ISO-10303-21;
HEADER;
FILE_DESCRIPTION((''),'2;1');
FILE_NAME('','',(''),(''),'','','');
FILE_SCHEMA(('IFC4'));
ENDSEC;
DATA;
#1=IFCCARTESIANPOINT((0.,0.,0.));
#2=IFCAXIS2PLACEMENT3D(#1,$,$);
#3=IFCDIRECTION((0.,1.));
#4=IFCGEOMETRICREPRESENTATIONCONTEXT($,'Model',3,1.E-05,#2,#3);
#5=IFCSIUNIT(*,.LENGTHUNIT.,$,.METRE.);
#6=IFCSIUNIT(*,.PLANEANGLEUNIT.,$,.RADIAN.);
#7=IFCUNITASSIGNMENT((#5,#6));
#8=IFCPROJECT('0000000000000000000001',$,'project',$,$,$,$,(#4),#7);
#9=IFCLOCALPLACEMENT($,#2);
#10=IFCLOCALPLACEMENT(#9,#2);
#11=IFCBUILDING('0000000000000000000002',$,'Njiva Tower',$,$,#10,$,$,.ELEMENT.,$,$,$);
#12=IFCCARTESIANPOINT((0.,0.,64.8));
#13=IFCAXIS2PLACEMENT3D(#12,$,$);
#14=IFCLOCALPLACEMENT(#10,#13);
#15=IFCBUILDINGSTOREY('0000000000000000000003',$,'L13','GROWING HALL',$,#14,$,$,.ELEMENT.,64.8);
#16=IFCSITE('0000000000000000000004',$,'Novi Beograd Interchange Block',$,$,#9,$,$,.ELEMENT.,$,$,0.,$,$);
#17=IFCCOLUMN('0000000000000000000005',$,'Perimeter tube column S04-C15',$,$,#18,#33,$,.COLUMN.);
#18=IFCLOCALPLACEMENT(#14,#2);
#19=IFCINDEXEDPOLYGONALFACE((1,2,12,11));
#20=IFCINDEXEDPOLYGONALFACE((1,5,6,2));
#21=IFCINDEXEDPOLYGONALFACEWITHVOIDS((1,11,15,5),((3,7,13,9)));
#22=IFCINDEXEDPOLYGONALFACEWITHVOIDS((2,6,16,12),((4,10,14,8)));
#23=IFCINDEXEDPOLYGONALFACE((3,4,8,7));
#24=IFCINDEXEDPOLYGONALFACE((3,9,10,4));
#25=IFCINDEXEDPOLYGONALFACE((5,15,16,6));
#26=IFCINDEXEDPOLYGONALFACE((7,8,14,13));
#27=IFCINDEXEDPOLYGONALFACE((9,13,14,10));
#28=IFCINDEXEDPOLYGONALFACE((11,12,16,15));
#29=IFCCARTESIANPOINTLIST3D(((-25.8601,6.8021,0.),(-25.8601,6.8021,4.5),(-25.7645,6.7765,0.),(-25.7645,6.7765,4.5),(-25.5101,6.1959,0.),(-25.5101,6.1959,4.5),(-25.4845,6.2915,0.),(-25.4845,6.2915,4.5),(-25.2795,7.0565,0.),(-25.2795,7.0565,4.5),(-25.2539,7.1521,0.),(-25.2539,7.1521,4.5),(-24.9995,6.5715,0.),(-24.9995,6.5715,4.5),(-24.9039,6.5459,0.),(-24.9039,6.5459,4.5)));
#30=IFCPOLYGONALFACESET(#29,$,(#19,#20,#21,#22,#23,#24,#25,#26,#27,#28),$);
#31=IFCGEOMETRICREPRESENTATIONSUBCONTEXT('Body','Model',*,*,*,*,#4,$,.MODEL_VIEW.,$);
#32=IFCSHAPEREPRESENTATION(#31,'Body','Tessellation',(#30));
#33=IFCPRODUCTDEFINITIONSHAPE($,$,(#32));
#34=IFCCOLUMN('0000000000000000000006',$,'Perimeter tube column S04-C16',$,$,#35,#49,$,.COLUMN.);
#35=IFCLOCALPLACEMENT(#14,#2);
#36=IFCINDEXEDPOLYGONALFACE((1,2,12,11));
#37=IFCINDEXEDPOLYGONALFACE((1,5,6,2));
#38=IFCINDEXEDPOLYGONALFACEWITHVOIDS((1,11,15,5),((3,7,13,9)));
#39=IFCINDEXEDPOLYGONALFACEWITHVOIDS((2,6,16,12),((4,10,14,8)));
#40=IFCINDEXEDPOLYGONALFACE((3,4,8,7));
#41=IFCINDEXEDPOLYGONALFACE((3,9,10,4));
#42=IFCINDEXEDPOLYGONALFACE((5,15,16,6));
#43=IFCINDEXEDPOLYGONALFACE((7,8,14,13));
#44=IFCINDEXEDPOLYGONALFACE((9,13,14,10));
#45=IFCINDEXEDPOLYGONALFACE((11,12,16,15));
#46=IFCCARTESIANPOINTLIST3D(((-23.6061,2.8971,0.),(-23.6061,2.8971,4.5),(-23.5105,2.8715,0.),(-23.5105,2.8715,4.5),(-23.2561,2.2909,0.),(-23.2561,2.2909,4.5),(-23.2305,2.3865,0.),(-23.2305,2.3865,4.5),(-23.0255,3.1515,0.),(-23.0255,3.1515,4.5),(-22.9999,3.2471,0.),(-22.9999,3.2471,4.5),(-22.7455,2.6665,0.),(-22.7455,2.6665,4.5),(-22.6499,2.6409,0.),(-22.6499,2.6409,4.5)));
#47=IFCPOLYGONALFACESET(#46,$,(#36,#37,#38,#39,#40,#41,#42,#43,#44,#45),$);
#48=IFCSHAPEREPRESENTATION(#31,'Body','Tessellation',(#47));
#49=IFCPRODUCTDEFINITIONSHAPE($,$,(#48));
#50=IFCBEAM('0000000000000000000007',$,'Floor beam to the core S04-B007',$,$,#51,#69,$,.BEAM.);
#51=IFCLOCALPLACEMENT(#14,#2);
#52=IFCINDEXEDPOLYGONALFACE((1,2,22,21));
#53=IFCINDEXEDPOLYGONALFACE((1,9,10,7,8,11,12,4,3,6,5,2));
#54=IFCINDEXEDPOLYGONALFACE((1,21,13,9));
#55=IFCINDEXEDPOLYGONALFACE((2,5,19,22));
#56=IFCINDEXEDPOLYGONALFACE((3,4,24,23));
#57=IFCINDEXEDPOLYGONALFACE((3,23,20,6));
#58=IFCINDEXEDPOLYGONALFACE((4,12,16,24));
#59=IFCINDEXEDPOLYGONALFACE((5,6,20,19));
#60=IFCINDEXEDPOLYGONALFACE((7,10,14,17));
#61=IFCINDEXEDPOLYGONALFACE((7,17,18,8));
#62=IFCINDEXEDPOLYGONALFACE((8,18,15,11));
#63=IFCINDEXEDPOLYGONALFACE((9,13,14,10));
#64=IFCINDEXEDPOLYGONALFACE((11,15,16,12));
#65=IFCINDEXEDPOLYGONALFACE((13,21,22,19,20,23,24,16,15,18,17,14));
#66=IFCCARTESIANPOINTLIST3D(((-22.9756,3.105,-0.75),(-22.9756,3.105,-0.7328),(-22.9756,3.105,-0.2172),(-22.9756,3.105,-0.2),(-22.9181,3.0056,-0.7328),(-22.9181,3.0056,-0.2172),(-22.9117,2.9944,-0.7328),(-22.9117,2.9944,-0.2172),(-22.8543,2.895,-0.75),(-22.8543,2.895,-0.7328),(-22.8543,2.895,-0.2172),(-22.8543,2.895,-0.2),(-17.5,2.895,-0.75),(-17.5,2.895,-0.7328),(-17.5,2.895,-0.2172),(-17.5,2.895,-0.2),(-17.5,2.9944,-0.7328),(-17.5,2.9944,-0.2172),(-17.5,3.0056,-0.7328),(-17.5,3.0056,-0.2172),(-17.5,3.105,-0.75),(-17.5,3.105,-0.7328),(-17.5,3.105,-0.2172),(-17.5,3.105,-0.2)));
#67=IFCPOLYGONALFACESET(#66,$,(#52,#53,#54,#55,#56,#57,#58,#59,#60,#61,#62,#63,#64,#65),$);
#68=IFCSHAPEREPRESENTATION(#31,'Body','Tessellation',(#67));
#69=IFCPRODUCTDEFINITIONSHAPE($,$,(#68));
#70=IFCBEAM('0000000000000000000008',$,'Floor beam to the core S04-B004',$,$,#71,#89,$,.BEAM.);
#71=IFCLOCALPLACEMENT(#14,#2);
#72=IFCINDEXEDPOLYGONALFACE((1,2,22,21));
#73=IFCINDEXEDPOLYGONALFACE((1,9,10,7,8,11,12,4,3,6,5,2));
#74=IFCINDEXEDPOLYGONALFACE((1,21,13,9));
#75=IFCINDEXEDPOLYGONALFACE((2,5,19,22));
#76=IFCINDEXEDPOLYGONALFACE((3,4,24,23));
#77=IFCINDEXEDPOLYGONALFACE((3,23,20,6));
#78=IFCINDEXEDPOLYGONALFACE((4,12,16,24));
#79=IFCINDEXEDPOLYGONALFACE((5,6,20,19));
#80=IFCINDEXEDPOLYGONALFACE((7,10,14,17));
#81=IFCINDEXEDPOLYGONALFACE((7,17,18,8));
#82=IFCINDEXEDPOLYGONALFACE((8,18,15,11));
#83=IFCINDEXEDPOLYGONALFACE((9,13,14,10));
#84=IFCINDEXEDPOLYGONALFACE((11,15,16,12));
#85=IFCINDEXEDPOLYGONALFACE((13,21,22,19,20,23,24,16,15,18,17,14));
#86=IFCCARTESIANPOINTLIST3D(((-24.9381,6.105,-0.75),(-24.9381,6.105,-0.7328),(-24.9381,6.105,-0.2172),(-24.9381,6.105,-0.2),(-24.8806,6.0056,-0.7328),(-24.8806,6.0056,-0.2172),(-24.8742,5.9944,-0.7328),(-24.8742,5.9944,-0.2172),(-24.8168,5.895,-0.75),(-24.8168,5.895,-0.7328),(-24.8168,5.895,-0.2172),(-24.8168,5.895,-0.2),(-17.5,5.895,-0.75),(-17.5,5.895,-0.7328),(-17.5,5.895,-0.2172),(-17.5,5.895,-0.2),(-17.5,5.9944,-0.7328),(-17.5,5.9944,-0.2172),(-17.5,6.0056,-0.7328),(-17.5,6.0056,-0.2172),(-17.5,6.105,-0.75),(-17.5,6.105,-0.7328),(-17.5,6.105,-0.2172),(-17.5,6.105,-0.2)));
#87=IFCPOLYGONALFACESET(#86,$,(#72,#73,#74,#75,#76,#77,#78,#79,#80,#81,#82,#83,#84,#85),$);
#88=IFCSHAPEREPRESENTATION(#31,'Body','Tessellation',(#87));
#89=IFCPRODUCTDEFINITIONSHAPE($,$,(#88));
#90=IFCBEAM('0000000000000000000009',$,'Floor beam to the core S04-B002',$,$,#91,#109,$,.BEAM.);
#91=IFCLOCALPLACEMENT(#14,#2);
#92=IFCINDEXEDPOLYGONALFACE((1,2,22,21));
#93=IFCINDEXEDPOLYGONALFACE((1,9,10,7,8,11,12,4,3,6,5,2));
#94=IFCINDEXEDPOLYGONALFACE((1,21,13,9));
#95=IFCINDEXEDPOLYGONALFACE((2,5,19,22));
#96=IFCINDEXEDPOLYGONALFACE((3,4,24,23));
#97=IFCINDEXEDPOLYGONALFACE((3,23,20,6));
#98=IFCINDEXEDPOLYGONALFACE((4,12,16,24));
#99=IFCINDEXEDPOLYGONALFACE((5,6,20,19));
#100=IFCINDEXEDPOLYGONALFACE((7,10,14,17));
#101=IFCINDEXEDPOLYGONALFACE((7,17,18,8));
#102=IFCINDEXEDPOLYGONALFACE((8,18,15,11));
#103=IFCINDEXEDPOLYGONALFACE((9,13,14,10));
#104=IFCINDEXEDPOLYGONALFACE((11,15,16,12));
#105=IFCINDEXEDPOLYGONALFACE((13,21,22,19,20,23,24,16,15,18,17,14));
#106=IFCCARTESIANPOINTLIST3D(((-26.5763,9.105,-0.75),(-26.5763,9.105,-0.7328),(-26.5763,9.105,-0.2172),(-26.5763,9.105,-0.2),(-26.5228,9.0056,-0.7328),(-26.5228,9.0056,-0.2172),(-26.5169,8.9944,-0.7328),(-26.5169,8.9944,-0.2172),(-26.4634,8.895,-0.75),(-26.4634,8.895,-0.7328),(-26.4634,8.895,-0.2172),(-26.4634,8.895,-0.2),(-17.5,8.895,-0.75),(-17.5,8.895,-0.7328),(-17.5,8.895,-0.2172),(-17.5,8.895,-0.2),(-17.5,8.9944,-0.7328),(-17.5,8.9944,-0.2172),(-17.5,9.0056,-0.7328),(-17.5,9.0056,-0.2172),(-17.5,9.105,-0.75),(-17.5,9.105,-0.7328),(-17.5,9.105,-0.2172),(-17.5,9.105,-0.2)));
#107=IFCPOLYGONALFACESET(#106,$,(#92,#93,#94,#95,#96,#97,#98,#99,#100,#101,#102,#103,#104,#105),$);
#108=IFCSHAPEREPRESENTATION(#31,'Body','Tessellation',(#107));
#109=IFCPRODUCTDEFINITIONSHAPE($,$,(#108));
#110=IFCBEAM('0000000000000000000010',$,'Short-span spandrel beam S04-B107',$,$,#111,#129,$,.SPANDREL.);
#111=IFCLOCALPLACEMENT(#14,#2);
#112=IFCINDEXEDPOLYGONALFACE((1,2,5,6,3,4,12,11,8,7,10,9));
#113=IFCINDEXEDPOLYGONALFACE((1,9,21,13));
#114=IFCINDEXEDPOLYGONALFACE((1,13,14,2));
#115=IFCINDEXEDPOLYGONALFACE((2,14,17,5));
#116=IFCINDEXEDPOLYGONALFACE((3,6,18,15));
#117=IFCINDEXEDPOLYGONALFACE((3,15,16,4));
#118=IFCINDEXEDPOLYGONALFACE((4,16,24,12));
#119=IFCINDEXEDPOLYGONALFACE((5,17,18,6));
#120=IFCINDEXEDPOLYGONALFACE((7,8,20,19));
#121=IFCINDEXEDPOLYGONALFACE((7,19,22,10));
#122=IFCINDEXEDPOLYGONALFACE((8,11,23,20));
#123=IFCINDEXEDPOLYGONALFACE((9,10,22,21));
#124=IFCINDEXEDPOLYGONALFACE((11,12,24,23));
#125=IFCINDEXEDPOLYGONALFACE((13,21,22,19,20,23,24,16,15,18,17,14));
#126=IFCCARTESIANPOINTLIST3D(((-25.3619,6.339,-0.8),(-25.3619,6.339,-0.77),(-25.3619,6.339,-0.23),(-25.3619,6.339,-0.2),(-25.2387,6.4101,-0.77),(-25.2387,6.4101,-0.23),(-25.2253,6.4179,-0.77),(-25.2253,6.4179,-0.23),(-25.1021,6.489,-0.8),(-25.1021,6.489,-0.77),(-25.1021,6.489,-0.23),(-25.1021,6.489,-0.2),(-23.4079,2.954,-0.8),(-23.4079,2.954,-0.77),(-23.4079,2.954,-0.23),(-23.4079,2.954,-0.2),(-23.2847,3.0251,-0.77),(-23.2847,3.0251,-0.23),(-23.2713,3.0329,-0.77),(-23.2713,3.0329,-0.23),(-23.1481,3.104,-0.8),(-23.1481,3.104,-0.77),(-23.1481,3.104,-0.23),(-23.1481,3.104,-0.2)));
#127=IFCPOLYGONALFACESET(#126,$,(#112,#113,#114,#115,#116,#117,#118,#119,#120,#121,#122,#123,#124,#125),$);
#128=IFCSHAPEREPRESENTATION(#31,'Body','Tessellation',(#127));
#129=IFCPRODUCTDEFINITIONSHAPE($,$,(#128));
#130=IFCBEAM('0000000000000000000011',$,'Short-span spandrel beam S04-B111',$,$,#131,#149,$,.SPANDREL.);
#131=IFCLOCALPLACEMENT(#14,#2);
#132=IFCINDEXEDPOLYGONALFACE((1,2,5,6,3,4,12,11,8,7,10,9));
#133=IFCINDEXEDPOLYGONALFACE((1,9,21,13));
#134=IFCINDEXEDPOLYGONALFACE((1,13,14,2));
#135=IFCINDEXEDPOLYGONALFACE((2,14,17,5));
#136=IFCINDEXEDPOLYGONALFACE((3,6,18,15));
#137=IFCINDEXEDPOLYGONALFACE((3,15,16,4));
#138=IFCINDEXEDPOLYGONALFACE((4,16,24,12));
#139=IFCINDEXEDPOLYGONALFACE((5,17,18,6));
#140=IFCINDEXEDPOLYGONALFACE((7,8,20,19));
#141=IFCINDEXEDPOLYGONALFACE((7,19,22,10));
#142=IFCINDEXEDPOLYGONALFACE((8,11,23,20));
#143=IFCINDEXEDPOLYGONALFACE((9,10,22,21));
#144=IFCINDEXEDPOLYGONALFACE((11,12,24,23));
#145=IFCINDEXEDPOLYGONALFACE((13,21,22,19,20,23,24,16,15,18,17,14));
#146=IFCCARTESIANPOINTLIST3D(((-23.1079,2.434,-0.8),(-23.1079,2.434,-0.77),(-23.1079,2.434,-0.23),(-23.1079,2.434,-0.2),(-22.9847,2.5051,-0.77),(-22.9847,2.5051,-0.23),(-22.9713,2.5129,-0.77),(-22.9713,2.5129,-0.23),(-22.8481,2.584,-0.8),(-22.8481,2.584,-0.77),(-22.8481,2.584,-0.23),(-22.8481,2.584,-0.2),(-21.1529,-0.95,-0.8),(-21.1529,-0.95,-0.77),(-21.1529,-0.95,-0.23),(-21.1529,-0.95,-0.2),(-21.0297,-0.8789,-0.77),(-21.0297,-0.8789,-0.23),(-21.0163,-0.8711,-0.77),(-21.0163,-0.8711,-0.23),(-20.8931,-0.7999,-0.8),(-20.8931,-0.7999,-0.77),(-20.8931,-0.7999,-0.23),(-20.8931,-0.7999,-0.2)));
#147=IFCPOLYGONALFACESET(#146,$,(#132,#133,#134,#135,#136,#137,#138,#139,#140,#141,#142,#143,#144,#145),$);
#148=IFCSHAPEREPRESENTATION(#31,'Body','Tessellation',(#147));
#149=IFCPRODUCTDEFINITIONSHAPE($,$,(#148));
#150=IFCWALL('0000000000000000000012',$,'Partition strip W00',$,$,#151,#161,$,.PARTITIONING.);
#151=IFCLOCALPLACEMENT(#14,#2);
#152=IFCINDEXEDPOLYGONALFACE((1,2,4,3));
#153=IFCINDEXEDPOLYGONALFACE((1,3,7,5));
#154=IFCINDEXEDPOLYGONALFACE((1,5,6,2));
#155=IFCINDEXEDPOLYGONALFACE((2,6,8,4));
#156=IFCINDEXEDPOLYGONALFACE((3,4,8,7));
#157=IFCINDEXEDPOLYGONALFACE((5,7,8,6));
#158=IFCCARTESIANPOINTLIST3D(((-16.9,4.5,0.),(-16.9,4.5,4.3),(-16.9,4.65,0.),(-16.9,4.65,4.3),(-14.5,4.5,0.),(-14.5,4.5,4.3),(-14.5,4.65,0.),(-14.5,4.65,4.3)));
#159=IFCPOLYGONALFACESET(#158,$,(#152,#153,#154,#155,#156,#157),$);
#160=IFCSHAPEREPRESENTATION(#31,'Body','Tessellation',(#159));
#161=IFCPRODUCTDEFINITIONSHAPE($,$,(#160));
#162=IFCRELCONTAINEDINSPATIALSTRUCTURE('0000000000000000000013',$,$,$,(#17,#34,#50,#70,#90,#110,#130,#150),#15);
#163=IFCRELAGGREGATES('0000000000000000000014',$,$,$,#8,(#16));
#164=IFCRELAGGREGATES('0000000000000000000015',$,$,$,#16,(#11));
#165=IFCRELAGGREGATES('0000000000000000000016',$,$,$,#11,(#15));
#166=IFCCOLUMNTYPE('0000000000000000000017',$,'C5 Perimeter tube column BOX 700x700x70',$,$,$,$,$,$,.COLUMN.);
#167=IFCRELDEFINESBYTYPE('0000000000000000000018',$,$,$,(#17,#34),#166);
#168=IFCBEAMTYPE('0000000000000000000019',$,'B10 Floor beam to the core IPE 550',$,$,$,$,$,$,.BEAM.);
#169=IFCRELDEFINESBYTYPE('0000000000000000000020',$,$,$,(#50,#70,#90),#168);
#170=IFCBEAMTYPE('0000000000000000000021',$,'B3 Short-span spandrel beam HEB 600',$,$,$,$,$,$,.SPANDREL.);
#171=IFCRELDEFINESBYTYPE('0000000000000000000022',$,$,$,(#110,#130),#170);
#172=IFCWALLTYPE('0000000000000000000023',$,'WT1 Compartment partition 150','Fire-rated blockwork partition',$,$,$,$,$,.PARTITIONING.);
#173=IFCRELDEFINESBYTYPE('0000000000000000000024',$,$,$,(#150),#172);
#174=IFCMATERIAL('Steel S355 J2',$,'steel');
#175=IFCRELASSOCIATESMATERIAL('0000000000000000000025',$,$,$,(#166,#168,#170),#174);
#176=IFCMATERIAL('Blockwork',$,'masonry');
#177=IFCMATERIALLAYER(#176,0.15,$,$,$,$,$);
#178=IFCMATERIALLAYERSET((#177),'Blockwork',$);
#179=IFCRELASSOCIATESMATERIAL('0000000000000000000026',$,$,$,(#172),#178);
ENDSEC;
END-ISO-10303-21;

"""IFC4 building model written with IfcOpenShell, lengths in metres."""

from ifc_helpers import new_model, si_unit, direction, frame, frame_2d, origin, origin_2d, place, context, subcontext, project, spatial, rectangle, hollow_rectangle, i_section, extrude, clip, halfspace, material, layer, layer_set, material_profile, profile_set, type_object, element, save


model = new_model("IFC4")

# Units and contexts
model_context = context("Model", 3, precision=1e-05, world=origin(), true_north=direction((0.0, 1.0)))
body_context = subcontext(model_context, "Body", "Model", "MODEL_VIEW")
ifc_project = project(units=[si_unit("LENGTHUNIT", "METRE"), si_unit("PLANEANGLEUNIT", "RADIAN")], contexts=[model_context])

# Site, building, storey
site_placement = place(None, origin())
site = spatial("IfcSite", under=ifc_project, at=site_placement, Name="Novi Beograd Interchange Block", CompositionType="ELEMENT", RefElevation=0.0)
building_placement = place(site_placement, origin())
building = spatial("IfcBuilding", under=site, at=building_placement, Name="Njiva Tower", CompositionType="ELEMENT")
storey_placement = place(building_placement, frame((0.0, 0.0, 64.8)))
storey = spatial("IfcBuildingStorey", under=building, at=storey_placement, Name="L13", Description="GROWING HALL", CompositionType="ELEMENT", Elevation=64.8)

# Columns
ifc_material_1 = material(Name="Steel S355 J2", Category="steel")
ifc_material_profile_1 = material_profile(ifc_material_1, hollow_rectangle(XDim=0.7, YDim=0.7, WallThickness=0.07, at=origin_2d()), Name="BOX 700x700x70")
ifc_profile_set_1 = profile_set([ifc_material_profile_1], Name="Steel S355 J2")
column_type = type_object("IfcColumnType", Name="C5 Perimeter tube column BOX 700x700x70", PredefinedType="COLUMN", material=ifc_profile_set_1)
for number, where, z_axis, x_axis, name in (
    (1, (-25.382, 6.674, 0.0), (0.0, 0.0, 1.0), (0.5, -0.866025, 0.0), "Perimeter tube column S04-C15"),
    (2, (-23.128, 2.769, 0.0), (0.0, 0.0, 1.0), (0.5, -0.866025, 0.0), "Perimeter tube column S04-C16"),
):
    element("IfcColumn", number, at=place(storey_placement, frame(where, z_axis=z_axis, x_axis=x_axis)), inside=storey, type_object=column_type, Name=name, PredefinedType="COLUMN", context=body_context, shape_type="SweptSolid", body=[
        extrude(hollow_rectangle(XDim=0.7, YDim=0.7, WallThickness=0.07, at=origin_2d()), origin(), (0.0, 0.0, 1.0), 4.5),
    ])

# Beams
ifc_material_profile_2 = material_profile(ifc_material_1, i_section(OverallWidth=0.21, OverallDepth=0.55, WebThickness=0.0111, FlangeThickness=0.0172, at=origin_2d()), Name="IPE 550")
ifc_profile_set_2 = profile_set([ifc_material_profile_2], Name="Steel S355 J2")
beam_type_1 = type_object("IfcBeamType", Name="B10 Floor beam to the core IPE 550", PredefinedType="BEAM", material=ifc_profile_set_2)
beam_1_placement = place(storey_placement, frame((-22.996, 3.0, -0.475), z_axis=(1.0, 0.0, 0.0), x_axis=(0.0, 1.0, 0.0)))
element("IfcBeam", 3, at=beam_1_placement, inside=storey, type_object=beam_type_1, Name="Floor beam to the core S04-B007", PredefinedType="BEAM", context=body_context, shape_type="Clipping", body=[
    clip(extrude(i_section(OverallWidth=0.21, OverallDepth=0.55, WebThickness=0.0111, FlangeThickness=0.0172, at=origin_2d()), origin(), (0.0, 0.0, 1.0), 5.496), halfspace(frame((-0.025, 0.0, 0.0955), z_axis=(-0.499998, 0.0, -0.866027), x_axis=(0.0, -1.0, 0.0)), False)),
])
beam_2_placement = place(storey_placement, frame((-24.958, 6.0, -0.475), z_axis=(1.0, 0.0, 0.0), x_axis=(0.0, 1.0, 0.0)))
element("IfcBeam", 4, at=beam_2_placement, inside=storey, type_object=beam_type_1, Name="Floor beam to the core S04-B004", PredefinedType="BEAM", context=body_context, shape_type="Clipping", body=[
    clip(extrude(i_section(OverallWidth=0.21, OverallDepth=0.55, WebThickness=0.0111, FlangeThickness=0.0172, at=origin_2d()), origin(), (0.0, 0.0, 1.0), 7.458), halfspace(frame((-0.025, 0.0, 0.095), z_axis=(-0.499998, 0.0, -0.866027), x_axis=(0.0, -1.0, 0.0)), False)),
])
beam_3_placement = place(storey_placement, frame((-26.596, 9.0, -0.475), z_axis=(1.0, 0.0, 0.0), x_axis=(0.0, 1.0, 0.0)))
element("IfcBeam", 5, at=beam_3_placement, inside=storey, type_object=beam_type_1, Name="Floor beam to the core S04-B002", PredefinedType="BEAM", context=body_context, shape_type="Clipping", body=[
    clip(extrude(i_section(OverallWidth=0.21, OverallDepth=0.55, WebThickness=0.0111, FlangeThickness=0.0172, at=origin_2d()), origin(), (0.0, 0.0, 1.0), 9.096), halfspace(frame((-0.0237, 0.0, 0.0889), z_axis=(-0.473777, 0.0, -0.880645), x_axis=(0.0, -1.0, 0.0)), False)),
])
ifc_material_profile_3 = material_profile(ifc_material_1, i_section(OverallWidth=0.3, OverallDepth=0.6, WebThickness=0.0155, FlangeThickness=0.03, at=origin_2d()), Name="HEB 600")
ifc_profile_set_3 = profile_set([ifc_material_profile_3], Name="Steel S355 J2")
beam_type_2 = type_object("IfcBeamType", Name="B3 Short-span spandrel beam HEB 600", PredefinedType="SPANDREL", material=ifc_profile_set_3)
beam_4_placement = place(storey_placement, frame((-25.232, 6.414, -0.5), z_axis=(0.499937, -0.866062, 0.0), x_axis=(0.866062, 0.499937, 0.0)))
element("IfcBeam", 6, at=beam_4_placement, inside=storey, type_object=beam_type_2, Name="Short-span spandrel beam S04-B107", PredefinedType="SPANDREL", context=body_context, shape_type="SweptSolid", body=[
    extrude(i_section(OverallWidth=0.3, OverallDepth=0.6, WebThickness=0.0155, FlangeThickness=0.03, at=origin_2d()), origin(), (0.0, 0.0, 1.0), 3.9085),
])
beam_5_placement = place(storey_placement, frame((-22.978, 2.509, -0.5), z_axis=(0.500239, -0.865887, 0.0), x_axis=(0.865887, 0.500239, 0.0)))
element("IfcBeam", 7, at=beam_5_placement, inside=storey, type_object=beam_type_2, Name="Short-span spandrel beam S04-B111", PredefinedType="SPANDREL", context=body_context, shape_type="SweptSolid", body=[
    extrude(i_section(OverallWidth=0.3, OverallDepth=0.6, WebThickness=0.0155, FlangeThickness=0.03, at=origin_2d()), origin(), (0.0, 0.0, 1.0), 3.9081),
])

# Wall
ifc_material_2 = material(Name="Blockwork", Category="masonry")
ifc_layer_1 = layer(ifc_material_2, 0.15)
ifc_layer_set_1 = layer_set([ifc_layer_1], Name="Blockwork")
wall_type_1 = type_object("IfcWallType", Name="WT1 Compartment partition 150", Description="Fire-rated blockwork partition", PredefinedType="PARTITIONING", material=ifc_layer_set_1)
wall_1_placement = place(storey_placement, frame((-16.9, 4.575, 0.0), z_axis=(0.0, 0.0, 1.0), x_axis=(1.0, 0.0, 0.0)))
element("IfcWall", 8, at=wall_1_placement, inside=storey, type_object=wall_type_1, Name="Partition strip W00", PredefinedType="PARTITIONING", context=body_context, shape_type="SweptSolid", body=[
    extrude(rectangle(XDim=2.4, YDim=0.15, at=frame_2d((1.2, 0.0))), origin(), (0.0, 0.0, 1.0), 4.3),
])

save(model, "model.ifc")
